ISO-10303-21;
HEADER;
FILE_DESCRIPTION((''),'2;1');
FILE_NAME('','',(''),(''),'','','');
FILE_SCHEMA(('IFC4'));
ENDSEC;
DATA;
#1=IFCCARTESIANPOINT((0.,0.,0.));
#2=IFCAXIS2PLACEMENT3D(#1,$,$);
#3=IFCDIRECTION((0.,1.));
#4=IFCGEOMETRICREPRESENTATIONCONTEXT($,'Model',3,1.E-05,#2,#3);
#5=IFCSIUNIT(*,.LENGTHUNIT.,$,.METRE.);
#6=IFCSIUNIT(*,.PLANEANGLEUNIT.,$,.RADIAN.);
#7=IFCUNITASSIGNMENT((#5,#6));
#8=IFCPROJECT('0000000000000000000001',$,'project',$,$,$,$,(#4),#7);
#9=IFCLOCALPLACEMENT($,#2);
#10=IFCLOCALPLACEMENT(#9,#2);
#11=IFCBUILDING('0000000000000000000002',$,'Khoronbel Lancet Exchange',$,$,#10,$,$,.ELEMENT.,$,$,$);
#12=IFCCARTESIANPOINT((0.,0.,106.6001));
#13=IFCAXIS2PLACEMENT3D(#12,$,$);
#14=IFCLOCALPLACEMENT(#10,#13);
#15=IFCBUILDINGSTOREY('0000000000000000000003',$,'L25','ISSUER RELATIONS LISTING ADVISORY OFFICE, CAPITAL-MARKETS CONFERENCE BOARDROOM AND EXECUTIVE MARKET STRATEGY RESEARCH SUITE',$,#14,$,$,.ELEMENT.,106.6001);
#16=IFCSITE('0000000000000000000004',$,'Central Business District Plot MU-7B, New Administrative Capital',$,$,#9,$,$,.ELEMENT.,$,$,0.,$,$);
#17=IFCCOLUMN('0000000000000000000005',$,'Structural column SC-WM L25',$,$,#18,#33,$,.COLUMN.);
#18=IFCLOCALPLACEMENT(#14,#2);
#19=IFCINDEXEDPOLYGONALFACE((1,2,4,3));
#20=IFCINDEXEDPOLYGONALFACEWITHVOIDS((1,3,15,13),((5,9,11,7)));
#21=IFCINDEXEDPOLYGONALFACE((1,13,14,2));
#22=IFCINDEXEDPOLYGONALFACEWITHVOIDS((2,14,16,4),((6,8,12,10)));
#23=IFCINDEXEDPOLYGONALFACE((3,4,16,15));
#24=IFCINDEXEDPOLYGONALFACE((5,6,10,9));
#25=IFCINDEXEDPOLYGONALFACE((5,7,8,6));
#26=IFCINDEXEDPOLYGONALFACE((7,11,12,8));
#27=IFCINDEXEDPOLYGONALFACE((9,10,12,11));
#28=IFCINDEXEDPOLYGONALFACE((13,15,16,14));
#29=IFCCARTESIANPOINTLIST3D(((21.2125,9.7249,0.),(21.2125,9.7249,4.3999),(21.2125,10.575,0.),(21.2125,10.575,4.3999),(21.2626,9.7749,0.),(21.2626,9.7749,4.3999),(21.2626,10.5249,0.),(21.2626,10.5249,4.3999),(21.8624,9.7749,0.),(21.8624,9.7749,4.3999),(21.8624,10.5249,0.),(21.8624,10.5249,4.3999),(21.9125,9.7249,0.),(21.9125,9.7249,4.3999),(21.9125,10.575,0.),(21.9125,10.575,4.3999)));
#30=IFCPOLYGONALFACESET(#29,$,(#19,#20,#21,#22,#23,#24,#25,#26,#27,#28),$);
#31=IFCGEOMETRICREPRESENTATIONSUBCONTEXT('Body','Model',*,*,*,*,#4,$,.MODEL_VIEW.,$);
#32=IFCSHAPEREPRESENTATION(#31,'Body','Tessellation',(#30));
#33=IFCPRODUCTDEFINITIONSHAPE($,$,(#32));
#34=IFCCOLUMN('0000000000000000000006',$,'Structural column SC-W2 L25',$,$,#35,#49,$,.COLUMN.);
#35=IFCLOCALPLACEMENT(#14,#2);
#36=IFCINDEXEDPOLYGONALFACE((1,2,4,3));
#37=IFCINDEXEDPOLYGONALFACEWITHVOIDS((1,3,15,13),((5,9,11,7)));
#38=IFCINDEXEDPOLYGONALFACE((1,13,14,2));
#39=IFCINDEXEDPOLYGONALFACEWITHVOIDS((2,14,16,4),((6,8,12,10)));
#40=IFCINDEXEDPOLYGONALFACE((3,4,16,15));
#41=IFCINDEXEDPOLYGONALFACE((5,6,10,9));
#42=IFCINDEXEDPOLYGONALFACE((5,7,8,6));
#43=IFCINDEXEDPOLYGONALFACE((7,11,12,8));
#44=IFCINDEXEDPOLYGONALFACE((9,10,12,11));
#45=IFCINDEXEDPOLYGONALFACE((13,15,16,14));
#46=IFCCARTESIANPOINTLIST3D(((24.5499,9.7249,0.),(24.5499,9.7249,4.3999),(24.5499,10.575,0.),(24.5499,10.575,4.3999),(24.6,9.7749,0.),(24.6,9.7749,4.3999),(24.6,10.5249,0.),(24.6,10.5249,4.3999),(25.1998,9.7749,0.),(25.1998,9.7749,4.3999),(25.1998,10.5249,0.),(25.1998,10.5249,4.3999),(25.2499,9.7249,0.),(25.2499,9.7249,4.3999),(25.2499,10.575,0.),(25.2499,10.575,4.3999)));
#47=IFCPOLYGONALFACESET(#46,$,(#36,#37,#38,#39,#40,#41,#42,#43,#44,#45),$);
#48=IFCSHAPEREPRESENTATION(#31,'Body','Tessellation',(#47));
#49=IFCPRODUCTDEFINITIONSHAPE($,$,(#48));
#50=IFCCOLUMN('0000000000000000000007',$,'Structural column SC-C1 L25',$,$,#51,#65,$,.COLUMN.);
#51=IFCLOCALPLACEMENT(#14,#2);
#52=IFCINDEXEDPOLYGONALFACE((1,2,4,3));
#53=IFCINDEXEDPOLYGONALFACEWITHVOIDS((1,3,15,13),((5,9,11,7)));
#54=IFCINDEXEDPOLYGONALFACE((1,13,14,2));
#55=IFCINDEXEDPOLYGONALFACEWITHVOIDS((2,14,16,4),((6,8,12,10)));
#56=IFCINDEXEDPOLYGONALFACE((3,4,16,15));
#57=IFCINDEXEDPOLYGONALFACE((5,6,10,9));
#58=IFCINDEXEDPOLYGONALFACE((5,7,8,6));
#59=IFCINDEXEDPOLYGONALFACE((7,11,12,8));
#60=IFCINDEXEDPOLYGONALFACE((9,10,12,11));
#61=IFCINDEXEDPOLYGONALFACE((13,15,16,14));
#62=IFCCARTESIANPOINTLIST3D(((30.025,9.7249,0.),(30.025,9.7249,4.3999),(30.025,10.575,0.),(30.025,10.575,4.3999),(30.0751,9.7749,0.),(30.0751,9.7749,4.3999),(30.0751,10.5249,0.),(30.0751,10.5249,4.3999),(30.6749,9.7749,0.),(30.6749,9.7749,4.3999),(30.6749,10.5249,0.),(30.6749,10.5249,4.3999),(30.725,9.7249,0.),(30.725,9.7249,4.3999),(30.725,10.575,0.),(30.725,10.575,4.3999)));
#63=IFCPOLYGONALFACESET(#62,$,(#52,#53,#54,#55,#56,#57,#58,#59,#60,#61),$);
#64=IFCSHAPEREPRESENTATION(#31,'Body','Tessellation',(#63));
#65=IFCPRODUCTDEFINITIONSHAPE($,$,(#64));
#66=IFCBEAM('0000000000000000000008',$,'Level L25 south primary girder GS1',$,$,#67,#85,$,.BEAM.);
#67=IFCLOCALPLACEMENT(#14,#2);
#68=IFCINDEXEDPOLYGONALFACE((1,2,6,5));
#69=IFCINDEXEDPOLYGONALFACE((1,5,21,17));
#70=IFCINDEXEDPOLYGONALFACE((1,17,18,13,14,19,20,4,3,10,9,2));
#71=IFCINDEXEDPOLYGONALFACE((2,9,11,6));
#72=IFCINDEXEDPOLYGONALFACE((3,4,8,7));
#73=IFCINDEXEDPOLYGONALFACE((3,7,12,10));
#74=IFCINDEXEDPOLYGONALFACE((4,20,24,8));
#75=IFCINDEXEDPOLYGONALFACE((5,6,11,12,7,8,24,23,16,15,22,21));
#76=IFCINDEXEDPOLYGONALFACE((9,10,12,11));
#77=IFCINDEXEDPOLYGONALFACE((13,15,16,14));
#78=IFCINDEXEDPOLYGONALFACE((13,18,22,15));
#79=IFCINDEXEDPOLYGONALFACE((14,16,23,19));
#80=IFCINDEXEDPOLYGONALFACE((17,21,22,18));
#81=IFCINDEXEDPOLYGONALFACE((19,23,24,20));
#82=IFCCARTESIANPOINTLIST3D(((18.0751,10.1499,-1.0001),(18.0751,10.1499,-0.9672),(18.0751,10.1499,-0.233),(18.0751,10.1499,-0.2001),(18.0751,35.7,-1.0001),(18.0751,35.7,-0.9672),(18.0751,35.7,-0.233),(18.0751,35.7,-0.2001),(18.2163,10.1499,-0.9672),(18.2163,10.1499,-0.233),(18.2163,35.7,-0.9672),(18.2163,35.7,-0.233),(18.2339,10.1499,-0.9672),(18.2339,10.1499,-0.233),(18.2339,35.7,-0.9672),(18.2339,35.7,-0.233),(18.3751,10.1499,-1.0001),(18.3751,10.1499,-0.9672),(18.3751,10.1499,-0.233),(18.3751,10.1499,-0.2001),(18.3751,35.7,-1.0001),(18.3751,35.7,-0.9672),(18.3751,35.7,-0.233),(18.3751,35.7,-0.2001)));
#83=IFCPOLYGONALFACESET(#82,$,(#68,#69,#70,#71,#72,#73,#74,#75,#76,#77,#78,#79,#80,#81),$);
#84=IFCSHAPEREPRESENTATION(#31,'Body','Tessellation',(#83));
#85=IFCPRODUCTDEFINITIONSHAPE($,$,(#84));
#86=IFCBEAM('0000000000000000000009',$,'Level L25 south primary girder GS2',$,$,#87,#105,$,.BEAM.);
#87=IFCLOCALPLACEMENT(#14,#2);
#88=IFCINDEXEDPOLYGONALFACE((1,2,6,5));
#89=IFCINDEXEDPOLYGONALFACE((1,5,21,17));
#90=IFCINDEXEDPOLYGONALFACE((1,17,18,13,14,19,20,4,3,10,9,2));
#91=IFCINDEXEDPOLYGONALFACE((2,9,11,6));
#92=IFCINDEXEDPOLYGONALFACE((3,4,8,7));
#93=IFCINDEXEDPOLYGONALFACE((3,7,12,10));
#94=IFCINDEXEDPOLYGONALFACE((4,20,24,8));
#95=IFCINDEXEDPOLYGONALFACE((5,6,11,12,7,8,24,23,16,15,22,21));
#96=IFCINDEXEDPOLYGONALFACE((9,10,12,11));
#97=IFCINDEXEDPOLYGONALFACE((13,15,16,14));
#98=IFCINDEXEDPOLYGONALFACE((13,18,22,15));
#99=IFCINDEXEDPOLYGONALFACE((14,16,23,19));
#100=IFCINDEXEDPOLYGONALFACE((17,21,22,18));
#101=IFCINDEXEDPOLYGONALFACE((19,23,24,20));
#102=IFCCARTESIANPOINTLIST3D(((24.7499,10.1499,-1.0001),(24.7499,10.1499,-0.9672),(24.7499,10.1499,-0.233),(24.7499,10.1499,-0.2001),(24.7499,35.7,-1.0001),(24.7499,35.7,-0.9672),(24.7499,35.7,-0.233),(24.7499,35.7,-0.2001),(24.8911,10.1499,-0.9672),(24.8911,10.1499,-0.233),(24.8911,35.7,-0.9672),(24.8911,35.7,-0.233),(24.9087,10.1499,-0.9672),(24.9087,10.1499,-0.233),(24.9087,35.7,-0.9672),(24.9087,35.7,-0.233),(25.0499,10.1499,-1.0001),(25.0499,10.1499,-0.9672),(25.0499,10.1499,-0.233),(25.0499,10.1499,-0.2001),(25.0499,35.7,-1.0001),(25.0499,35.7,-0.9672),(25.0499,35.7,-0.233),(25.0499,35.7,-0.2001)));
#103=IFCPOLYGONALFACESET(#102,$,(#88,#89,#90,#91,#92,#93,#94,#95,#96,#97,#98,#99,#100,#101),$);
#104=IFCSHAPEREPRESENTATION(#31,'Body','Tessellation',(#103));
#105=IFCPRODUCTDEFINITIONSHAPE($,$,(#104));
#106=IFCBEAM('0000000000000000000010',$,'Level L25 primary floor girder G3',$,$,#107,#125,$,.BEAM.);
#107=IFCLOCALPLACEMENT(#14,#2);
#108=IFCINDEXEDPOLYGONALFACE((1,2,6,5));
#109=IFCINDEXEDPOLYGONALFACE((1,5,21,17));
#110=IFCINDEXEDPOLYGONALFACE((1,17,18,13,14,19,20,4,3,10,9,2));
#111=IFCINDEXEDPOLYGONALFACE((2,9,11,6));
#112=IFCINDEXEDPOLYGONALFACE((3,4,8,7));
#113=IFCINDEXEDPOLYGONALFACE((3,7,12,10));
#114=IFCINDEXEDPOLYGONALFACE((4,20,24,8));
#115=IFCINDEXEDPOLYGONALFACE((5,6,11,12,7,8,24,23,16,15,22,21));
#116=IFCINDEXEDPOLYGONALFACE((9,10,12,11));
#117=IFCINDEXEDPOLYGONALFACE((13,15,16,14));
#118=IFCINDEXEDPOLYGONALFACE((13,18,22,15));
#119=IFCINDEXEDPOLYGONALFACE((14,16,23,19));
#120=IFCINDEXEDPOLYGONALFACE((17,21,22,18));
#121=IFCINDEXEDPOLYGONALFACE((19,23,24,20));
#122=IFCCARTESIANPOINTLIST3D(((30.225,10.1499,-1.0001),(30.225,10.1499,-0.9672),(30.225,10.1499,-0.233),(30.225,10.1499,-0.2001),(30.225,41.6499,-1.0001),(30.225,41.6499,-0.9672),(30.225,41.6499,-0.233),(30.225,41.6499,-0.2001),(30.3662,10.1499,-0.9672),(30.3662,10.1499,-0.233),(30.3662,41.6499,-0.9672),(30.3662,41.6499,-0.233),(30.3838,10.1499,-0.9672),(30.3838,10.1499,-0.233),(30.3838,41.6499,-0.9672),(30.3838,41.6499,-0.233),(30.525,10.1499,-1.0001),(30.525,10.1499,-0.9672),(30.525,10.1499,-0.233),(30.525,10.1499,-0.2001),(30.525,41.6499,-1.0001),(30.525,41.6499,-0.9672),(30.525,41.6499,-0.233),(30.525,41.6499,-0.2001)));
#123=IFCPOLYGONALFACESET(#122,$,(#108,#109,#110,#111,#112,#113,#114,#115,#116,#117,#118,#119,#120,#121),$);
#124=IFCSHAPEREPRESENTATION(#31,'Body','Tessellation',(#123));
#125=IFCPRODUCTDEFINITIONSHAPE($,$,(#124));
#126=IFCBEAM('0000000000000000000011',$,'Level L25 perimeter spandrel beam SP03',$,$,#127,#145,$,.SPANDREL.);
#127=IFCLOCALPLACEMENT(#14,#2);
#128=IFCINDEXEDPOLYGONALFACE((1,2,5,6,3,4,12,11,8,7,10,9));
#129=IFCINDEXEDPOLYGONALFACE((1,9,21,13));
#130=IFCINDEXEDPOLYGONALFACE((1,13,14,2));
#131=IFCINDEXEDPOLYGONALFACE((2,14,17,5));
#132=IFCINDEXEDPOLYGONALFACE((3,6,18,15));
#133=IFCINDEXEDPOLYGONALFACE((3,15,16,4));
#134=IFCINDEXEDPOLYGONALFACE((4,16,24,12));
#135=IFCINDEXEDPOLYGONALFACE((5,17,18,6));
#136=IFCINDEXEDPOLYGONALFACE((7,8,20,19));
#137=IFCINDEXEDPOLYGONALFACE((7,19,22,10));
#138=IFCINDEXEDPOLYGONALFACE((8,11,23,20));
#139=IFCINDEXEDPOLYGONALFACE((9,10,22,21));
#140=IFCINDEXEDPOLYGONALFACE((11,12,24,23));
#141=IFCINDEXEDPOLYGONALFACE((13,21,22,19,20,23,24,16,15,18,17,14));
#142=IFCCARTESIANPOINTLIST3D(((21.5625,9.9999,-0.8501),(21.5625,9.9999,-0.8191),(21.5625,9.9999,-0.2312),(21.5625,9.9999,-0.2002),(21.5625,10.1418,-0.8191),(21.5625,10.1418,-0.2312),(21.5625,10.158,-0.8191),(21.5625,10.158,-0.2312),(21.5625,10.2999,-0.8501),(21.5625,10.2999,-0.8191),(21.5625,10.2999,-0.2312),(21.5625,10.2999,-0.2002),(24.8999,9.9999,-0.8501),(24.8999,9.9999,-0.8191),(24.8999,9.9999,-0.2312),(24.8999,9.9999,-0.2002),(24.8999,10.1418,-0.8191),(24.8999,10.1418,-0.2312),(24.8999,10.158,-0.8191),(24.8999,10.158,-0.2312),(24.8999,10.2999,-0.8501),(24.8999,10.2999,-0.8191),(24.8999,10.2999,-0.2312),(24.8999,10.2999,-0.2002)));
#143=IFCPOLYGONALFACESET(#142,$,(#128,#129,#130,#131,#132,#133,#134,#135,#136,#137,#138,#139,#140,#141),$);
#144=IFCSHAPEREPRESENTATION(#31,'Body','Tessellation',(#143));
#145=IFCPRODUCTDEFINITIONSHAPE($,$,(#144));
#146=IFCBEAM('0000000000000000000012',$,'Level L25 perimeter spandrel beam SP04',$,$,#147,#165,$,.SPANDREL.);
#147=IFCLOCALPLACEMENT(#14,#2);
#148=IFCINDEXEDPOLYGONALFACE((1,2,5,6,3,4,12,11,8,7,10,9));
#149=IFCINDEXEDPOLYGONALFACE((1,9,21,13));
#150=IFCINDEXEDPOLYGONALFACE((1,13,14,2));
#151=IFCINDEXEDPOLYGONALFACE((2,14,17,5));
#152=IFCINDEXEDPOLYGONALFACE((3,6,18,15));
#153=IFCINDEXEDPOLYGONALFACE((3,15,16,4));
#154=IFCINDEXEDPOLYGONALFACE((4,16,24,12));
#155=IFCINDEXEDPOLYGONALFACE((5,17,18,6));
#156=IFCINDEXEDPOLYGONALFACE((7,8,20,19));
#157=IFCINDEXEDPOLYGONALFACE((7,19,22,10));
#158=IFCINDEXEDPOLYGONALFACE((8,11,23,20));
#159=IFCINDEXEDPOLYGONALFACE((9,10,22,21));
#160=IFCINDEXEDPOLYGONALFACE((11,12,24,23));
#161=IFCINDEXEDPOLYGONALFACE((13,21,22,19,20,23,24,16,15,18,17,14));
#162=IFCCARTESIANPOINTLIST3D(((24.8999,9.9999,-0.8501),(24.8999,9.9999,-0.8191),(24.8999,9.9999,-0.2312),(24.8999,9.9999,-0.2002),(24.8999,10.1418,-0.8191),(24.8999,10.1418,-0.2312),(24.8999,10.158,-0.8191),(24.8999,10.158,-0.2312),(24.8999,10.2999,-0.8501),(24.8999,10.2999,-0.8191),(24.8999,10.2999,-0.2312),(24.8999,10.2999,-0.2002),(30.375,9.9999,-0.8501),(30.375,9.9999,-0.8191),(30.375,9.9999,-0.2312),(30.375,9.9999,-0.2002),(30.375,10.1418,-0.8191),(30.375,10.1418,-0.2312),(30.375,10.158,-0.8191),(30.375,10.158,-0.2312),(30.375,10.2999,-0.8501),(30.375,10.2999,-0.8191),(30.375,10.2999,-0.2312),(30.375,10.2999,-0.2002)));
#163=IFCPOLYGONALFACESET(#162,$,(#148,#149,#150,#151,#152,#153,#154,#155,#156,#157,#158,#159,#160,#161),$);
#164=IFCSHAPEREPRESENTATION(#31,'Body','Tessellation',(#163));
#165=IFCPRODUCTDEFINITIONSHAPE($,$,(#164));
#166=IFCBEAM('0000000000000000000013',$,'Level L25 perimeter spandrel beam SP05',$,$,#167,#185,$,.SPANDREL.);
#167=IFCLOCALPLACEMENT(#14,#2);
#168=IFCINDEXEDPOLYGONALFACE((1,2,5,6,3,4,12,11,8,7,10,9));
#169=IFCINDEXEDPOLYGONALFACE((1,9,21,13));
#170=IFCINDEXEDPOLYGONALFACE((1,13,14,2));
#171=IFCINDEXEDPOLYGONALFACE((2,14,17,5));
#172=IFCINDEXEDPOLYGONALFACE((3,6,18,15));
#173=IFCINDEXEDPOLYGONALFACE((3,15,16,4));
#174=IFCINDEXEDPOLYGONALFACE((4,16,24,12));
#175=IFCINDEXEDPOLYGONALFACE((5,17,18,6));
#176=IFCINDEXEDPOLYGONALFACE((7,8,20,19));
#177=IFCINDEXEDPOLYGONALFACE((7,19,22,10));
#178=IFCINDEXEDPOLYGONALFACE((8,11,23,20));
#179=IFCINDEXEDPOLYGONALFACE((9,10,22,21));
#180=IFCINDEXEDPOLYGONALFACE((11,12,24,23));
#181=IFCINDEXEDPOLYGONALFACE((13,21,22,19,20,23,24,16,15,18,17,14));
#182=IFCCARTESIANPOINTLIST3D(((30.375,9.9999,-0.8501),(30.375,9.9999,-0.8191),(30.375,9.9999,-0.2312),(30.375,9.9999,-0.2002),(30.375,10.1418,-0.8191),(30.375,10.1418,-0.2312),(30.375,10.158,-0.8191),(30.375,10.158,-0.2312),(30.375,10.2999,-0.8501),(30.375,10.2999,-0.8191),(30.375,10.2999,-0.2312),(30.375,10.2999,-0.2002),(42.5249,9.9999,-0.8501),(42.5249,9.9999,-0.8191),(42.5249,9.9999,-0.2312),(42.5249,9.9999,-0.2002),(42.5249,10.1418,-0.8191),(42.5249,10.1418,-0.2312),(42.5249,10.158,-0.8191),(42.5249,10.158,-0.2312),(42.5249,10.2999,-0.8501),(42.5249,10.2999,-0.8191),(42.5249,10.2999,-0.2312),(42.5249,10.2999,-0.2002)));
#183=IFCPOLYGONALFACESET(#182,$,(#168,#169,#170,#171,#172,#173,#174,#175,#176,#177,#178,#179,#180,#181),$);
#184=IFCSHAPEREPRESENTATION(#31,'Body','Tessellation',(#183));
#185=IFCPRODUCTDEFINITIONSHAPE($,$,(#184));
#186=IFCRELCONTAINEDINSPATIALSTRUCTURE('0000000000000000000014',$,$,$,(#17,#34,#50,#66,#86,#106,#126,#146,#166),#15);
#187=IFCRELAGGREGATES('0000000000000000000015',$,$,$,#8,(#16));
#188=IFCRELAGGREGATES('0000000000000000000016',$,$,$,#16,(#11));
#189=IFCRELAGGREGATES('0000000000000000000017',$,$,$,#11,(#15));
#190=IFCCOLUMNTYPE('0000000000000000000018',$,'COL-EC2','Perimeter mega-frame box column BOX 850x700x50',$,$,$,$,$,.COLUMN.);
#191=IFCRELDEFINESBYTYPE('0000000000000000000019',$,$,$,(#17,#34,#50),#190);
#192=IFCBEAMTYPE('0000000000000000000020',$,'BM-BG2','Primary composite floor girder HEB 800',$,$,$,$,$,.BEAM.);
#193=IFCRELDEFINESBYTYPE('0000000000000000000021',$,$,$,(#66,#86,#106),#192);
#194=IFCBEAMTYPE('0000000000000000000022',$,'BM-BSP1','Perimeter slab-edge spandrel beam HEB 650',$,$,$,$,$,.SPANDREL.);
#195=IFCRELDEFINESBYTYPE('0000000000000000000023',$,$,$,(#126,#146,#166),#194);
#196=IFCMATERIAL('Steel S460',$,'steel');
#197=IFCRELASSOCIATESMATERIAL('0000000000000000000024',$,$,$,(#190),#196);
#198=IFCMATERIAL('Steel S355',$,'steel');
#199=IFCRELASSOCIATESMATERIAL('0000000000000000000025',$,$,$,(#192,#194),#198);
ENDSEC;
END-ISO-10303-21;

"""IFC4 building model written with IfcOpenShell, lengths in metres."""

from ifc_helpers import new_model, si_unit, direction, frame, origin, origin_2d, place, context, subcontext, project, spatial, hollow_rectangle, i_section, extrude, material, material_profile, profile_set, type_object, element, save


model = new_model("IFC4")

# Units and contexts
model_context = context("Model", 3, precision=1e-05, world=origin(), true_north=direction((0.0, 1.0)))
body_context = subcontext(model_context, "Body", "Model", "MODEL_VIEW")
ifc_project = project(units=[si_unit("LENGTHUNIT", "METRE"), si_unit("PLANEANGLEUNIT", "RADIAN")], contexts=[model_context])

# Site, building, storey
site_placement = place(None, origin())
site = spatial("IfcSite", under=ifc_project, at=site_placement, Name="Central Business District Plot MU-7B, New Administrative Capital", CompositionType="ELEMENT", RefElevation=0.0)
building_placement = place(site_placement, origin())
building = spatial("IfcBuilding", under=site, at=building_placement, Name="Khoronbel Lancet Exchange", CompositionType="ELEMENT")
storey_placement = place(building_placement, frame((0.0, 0.0, 106.6001)))
storey = spatial("IfcBuildingStorey", under=building, at=storey_placement, Name="L25", Description="ISSUER RELATIONS LISTING ADVISORY OFFICE, CAPITAL-MARKETS CONFERENCE BOARDROOM AND EXECUTIVE MARKET STRATEGY RESEARCH SUITE", CompositionType="ELEMENT", Elevation=106.6001)

# Columns
ifc_material_1 = material(Name="Steel S460", Category="steel")
ifc_material_profile_1 = material_profile(ifc_material_1, hollow_rectangle(XDim=0.7, YDim=0.8501, WallThickness=0.05, at=origin_2d()), Name="BOX 850x700x50")
ifc_profile_set_1 = profile_set([ifc_material_profile_1], Name="Steel S460")
column_type = type_object("IfcColumnType", Name="COL-EC2", Description="Perimeter mega-frame box column BOX 850x700x50", PredefinedType="COLUMN", material=ifc_profile_set_1)
for number, where, z_axis, x_axis, name in (
    (1, (21.5625, 10.1499, 0.0), (0.0, 0.0, 1.0), (1.0, 0.0, 0.0), "Structural column SC-WM L25"),
    (2, (24.8999, 10.1499, 0.0), (0.0, 0.0, 1.0), (1.0, 0.0, 0.0), "Structural column SC-W2 L25"),
    (3, (30.375, 10.1499, 0.0), (0.0, 0.0, 1.0), (1.0, 0.0, 0.0), "Structural column SC-C1 L25"),
):
    element("IfcColumn", number, at=place(storey_placement, frame(where, z_axis=z_axis, x_axis=x_axis)), inside=storey, type_object=column_type, Name=name, PredefinedType="COLUMN", context=body_context, shape_type="SweptSolid", body=[
        extrude(hollow_rectangle(XDim=0.7, YDim=0.8501, WallThickness=0.05, at=origin_2d()), origin(), (0.0, 0.0, 1.0), 4.3999),
    ])

# Beams
ifc_material_2 = material(Name="Steel S355", Category="steel")
ifc_material_profile_2 = material_profile(ifc_material_2, i_section(OverallWidth=0.3, OverallDepth=0.8, WebThickness=0.0176, FlangeThickness=0.033, at=origin_2d()), Name="HEB 800")
ifc_profile_set_2 = profile_set([ifc_material_profile_2], Name="Steel S355")
beam_type_1 = type_object("IfcBeamType", Name="BM-BG2", Description="Primary composite floor girder HEB 800", PredefinedType="BEAM", material=ifc_profile_set_2)
for number, where, z_axis, x_axis, name in (
    (4, (18.2251, 10.1499, -0.6001), (0.0, 1.0, 0.0), (-1.0, 0.0, 0.0), "Level L25 south primary girder GS1"),
    (5, (24.8999, 10.1499, -0.6001), (0.0, 1.0, 0.0), (-1.0, 0.0, 0.0), "Level L25 south primary girder GS2"),
):
    element("IfcBeam", number, at=place(storey_placement, frame(where, z_axis=z_axis, x_axis=x_axis)), inside=storey, type_object=beam_type_1, Name=name, PredefinedType="BEAM", context=body_context, shape_type="SweptSolid", body=[
        extrude(i_section(OverallWidth=0.3, OverallDepth=0.8, WebThickness=0.0176, FlangeThickness=0.033, at=origin_2d()), origin(), (0.0, 0.0, 1.0), 25.55),
    ])
beam_1_placement = place(storey_placement, frame((30.375, 10.1499, -0.6001), z_axis=(0.0, 1.0, 0.0), x_axis=(-1.0, 0.0, 0.0)))
element("IfcBeam", 6, at=beam_1_placement, inside=storey, type_object=beam_type_1, Name="Level L25 primary floor girder G3", PredefinedType="BEAM", context=body_context, shape_type="SweptSolid", body=[
    extrude(i_section(OverallWidth=0.3, OverallDepth=0.8, WebThickness=0.0176, FlangeThickness=0.033, at=origin_2d()), origin(), (0.0, 0.0, 1.0), 31.5),
])
ifc_material_profile_3 = material_profile(ifc_material_2, i_section(OverallWidth=0.3, OverallDepth=0.6499, WebThickness=0.0161, FlangeThickness=0.031, at=origin_2d()), Name="HEB 650")
ifc_profile_set_3 = profile_set([ifc_material_profile_3], Name="Steel S355")
beam_type_2 = type_object("IfcBeamType", Name="BM-BSP1", Description="Perimeter slab-edge spandrel beam HEB 650", PredefinedType="SPANDREL", material=ifc_profile_set_3)
beam_2_placement = place(storey_placement, frame((21.5625, 10.1499, -0.5251), z_axis=(1.0, 0.0, 0.0), x_axis=(0.0, 1.0, 0.0)))
element("IfcBeam", 7, at=beam_2_placement, inside=storey, type_object=beam_type_2, Name="Level L25 perimeter spandrel beam SP03", PredefinedType="SPANDREL", context=body_context, shape_type="SweptSolid", body=[
    extrude(i_section(OverallWidth=0.3, OverallDepth=0.6499, WebThickness=0.0161, FlangeThickness=0.031, at=origin_2d()), origin(), (0.0, 0.0, 1.0), 3.3374),
])
beam_3_placement = place(storey_placement, frame((24.8999, 10.1499, -0.5251), z_axis=(1.0, 0.0, 0.0), x_axis=(0.0, 1.0, 0.0)))
element("IfcBeam", 8, at=beam_3_placement, inside=storey, type_object=beam_type_2, Name="Level L25 perimeter spandrel beam SP04", PredefinedType="SPANDREL", context=body_context, shape_type="SweptSolid", body=[
    extrude(i_section(OverallWidth=0.3, OverallDepth=0.6499, WebThickness=0.0161, FlangeThickness=0.031, at=origin_2d()), origin(), (0.0, 0.0, 1.0), 5.4751),
])
beam_4_placement = place(storey_placement, frame((30.375, 10.1499, -0.5251), z_axis=(1.0, 0.0, 0.0), x_axis=(0.0, 1.0, 0.0)))
element("IfcBeam", 9, at=beam_4_placement, inside=storey, type_object=beam_type_2, Name="Level L25 perimeter spandrel beam SP05", PredefinedType="SPANDREL", context=body_context, shape_type="SweptSolid", body=[
    extrude(i_section(OverallWidth=0.3, OverallDepth=0.6499, WebThickness=0.0161, FlangeThickness=0.031, at=origin_2d()), origin(), (0.0, 0.0, 1.0), 12.1499),
])

save(model, "model.ifc")
